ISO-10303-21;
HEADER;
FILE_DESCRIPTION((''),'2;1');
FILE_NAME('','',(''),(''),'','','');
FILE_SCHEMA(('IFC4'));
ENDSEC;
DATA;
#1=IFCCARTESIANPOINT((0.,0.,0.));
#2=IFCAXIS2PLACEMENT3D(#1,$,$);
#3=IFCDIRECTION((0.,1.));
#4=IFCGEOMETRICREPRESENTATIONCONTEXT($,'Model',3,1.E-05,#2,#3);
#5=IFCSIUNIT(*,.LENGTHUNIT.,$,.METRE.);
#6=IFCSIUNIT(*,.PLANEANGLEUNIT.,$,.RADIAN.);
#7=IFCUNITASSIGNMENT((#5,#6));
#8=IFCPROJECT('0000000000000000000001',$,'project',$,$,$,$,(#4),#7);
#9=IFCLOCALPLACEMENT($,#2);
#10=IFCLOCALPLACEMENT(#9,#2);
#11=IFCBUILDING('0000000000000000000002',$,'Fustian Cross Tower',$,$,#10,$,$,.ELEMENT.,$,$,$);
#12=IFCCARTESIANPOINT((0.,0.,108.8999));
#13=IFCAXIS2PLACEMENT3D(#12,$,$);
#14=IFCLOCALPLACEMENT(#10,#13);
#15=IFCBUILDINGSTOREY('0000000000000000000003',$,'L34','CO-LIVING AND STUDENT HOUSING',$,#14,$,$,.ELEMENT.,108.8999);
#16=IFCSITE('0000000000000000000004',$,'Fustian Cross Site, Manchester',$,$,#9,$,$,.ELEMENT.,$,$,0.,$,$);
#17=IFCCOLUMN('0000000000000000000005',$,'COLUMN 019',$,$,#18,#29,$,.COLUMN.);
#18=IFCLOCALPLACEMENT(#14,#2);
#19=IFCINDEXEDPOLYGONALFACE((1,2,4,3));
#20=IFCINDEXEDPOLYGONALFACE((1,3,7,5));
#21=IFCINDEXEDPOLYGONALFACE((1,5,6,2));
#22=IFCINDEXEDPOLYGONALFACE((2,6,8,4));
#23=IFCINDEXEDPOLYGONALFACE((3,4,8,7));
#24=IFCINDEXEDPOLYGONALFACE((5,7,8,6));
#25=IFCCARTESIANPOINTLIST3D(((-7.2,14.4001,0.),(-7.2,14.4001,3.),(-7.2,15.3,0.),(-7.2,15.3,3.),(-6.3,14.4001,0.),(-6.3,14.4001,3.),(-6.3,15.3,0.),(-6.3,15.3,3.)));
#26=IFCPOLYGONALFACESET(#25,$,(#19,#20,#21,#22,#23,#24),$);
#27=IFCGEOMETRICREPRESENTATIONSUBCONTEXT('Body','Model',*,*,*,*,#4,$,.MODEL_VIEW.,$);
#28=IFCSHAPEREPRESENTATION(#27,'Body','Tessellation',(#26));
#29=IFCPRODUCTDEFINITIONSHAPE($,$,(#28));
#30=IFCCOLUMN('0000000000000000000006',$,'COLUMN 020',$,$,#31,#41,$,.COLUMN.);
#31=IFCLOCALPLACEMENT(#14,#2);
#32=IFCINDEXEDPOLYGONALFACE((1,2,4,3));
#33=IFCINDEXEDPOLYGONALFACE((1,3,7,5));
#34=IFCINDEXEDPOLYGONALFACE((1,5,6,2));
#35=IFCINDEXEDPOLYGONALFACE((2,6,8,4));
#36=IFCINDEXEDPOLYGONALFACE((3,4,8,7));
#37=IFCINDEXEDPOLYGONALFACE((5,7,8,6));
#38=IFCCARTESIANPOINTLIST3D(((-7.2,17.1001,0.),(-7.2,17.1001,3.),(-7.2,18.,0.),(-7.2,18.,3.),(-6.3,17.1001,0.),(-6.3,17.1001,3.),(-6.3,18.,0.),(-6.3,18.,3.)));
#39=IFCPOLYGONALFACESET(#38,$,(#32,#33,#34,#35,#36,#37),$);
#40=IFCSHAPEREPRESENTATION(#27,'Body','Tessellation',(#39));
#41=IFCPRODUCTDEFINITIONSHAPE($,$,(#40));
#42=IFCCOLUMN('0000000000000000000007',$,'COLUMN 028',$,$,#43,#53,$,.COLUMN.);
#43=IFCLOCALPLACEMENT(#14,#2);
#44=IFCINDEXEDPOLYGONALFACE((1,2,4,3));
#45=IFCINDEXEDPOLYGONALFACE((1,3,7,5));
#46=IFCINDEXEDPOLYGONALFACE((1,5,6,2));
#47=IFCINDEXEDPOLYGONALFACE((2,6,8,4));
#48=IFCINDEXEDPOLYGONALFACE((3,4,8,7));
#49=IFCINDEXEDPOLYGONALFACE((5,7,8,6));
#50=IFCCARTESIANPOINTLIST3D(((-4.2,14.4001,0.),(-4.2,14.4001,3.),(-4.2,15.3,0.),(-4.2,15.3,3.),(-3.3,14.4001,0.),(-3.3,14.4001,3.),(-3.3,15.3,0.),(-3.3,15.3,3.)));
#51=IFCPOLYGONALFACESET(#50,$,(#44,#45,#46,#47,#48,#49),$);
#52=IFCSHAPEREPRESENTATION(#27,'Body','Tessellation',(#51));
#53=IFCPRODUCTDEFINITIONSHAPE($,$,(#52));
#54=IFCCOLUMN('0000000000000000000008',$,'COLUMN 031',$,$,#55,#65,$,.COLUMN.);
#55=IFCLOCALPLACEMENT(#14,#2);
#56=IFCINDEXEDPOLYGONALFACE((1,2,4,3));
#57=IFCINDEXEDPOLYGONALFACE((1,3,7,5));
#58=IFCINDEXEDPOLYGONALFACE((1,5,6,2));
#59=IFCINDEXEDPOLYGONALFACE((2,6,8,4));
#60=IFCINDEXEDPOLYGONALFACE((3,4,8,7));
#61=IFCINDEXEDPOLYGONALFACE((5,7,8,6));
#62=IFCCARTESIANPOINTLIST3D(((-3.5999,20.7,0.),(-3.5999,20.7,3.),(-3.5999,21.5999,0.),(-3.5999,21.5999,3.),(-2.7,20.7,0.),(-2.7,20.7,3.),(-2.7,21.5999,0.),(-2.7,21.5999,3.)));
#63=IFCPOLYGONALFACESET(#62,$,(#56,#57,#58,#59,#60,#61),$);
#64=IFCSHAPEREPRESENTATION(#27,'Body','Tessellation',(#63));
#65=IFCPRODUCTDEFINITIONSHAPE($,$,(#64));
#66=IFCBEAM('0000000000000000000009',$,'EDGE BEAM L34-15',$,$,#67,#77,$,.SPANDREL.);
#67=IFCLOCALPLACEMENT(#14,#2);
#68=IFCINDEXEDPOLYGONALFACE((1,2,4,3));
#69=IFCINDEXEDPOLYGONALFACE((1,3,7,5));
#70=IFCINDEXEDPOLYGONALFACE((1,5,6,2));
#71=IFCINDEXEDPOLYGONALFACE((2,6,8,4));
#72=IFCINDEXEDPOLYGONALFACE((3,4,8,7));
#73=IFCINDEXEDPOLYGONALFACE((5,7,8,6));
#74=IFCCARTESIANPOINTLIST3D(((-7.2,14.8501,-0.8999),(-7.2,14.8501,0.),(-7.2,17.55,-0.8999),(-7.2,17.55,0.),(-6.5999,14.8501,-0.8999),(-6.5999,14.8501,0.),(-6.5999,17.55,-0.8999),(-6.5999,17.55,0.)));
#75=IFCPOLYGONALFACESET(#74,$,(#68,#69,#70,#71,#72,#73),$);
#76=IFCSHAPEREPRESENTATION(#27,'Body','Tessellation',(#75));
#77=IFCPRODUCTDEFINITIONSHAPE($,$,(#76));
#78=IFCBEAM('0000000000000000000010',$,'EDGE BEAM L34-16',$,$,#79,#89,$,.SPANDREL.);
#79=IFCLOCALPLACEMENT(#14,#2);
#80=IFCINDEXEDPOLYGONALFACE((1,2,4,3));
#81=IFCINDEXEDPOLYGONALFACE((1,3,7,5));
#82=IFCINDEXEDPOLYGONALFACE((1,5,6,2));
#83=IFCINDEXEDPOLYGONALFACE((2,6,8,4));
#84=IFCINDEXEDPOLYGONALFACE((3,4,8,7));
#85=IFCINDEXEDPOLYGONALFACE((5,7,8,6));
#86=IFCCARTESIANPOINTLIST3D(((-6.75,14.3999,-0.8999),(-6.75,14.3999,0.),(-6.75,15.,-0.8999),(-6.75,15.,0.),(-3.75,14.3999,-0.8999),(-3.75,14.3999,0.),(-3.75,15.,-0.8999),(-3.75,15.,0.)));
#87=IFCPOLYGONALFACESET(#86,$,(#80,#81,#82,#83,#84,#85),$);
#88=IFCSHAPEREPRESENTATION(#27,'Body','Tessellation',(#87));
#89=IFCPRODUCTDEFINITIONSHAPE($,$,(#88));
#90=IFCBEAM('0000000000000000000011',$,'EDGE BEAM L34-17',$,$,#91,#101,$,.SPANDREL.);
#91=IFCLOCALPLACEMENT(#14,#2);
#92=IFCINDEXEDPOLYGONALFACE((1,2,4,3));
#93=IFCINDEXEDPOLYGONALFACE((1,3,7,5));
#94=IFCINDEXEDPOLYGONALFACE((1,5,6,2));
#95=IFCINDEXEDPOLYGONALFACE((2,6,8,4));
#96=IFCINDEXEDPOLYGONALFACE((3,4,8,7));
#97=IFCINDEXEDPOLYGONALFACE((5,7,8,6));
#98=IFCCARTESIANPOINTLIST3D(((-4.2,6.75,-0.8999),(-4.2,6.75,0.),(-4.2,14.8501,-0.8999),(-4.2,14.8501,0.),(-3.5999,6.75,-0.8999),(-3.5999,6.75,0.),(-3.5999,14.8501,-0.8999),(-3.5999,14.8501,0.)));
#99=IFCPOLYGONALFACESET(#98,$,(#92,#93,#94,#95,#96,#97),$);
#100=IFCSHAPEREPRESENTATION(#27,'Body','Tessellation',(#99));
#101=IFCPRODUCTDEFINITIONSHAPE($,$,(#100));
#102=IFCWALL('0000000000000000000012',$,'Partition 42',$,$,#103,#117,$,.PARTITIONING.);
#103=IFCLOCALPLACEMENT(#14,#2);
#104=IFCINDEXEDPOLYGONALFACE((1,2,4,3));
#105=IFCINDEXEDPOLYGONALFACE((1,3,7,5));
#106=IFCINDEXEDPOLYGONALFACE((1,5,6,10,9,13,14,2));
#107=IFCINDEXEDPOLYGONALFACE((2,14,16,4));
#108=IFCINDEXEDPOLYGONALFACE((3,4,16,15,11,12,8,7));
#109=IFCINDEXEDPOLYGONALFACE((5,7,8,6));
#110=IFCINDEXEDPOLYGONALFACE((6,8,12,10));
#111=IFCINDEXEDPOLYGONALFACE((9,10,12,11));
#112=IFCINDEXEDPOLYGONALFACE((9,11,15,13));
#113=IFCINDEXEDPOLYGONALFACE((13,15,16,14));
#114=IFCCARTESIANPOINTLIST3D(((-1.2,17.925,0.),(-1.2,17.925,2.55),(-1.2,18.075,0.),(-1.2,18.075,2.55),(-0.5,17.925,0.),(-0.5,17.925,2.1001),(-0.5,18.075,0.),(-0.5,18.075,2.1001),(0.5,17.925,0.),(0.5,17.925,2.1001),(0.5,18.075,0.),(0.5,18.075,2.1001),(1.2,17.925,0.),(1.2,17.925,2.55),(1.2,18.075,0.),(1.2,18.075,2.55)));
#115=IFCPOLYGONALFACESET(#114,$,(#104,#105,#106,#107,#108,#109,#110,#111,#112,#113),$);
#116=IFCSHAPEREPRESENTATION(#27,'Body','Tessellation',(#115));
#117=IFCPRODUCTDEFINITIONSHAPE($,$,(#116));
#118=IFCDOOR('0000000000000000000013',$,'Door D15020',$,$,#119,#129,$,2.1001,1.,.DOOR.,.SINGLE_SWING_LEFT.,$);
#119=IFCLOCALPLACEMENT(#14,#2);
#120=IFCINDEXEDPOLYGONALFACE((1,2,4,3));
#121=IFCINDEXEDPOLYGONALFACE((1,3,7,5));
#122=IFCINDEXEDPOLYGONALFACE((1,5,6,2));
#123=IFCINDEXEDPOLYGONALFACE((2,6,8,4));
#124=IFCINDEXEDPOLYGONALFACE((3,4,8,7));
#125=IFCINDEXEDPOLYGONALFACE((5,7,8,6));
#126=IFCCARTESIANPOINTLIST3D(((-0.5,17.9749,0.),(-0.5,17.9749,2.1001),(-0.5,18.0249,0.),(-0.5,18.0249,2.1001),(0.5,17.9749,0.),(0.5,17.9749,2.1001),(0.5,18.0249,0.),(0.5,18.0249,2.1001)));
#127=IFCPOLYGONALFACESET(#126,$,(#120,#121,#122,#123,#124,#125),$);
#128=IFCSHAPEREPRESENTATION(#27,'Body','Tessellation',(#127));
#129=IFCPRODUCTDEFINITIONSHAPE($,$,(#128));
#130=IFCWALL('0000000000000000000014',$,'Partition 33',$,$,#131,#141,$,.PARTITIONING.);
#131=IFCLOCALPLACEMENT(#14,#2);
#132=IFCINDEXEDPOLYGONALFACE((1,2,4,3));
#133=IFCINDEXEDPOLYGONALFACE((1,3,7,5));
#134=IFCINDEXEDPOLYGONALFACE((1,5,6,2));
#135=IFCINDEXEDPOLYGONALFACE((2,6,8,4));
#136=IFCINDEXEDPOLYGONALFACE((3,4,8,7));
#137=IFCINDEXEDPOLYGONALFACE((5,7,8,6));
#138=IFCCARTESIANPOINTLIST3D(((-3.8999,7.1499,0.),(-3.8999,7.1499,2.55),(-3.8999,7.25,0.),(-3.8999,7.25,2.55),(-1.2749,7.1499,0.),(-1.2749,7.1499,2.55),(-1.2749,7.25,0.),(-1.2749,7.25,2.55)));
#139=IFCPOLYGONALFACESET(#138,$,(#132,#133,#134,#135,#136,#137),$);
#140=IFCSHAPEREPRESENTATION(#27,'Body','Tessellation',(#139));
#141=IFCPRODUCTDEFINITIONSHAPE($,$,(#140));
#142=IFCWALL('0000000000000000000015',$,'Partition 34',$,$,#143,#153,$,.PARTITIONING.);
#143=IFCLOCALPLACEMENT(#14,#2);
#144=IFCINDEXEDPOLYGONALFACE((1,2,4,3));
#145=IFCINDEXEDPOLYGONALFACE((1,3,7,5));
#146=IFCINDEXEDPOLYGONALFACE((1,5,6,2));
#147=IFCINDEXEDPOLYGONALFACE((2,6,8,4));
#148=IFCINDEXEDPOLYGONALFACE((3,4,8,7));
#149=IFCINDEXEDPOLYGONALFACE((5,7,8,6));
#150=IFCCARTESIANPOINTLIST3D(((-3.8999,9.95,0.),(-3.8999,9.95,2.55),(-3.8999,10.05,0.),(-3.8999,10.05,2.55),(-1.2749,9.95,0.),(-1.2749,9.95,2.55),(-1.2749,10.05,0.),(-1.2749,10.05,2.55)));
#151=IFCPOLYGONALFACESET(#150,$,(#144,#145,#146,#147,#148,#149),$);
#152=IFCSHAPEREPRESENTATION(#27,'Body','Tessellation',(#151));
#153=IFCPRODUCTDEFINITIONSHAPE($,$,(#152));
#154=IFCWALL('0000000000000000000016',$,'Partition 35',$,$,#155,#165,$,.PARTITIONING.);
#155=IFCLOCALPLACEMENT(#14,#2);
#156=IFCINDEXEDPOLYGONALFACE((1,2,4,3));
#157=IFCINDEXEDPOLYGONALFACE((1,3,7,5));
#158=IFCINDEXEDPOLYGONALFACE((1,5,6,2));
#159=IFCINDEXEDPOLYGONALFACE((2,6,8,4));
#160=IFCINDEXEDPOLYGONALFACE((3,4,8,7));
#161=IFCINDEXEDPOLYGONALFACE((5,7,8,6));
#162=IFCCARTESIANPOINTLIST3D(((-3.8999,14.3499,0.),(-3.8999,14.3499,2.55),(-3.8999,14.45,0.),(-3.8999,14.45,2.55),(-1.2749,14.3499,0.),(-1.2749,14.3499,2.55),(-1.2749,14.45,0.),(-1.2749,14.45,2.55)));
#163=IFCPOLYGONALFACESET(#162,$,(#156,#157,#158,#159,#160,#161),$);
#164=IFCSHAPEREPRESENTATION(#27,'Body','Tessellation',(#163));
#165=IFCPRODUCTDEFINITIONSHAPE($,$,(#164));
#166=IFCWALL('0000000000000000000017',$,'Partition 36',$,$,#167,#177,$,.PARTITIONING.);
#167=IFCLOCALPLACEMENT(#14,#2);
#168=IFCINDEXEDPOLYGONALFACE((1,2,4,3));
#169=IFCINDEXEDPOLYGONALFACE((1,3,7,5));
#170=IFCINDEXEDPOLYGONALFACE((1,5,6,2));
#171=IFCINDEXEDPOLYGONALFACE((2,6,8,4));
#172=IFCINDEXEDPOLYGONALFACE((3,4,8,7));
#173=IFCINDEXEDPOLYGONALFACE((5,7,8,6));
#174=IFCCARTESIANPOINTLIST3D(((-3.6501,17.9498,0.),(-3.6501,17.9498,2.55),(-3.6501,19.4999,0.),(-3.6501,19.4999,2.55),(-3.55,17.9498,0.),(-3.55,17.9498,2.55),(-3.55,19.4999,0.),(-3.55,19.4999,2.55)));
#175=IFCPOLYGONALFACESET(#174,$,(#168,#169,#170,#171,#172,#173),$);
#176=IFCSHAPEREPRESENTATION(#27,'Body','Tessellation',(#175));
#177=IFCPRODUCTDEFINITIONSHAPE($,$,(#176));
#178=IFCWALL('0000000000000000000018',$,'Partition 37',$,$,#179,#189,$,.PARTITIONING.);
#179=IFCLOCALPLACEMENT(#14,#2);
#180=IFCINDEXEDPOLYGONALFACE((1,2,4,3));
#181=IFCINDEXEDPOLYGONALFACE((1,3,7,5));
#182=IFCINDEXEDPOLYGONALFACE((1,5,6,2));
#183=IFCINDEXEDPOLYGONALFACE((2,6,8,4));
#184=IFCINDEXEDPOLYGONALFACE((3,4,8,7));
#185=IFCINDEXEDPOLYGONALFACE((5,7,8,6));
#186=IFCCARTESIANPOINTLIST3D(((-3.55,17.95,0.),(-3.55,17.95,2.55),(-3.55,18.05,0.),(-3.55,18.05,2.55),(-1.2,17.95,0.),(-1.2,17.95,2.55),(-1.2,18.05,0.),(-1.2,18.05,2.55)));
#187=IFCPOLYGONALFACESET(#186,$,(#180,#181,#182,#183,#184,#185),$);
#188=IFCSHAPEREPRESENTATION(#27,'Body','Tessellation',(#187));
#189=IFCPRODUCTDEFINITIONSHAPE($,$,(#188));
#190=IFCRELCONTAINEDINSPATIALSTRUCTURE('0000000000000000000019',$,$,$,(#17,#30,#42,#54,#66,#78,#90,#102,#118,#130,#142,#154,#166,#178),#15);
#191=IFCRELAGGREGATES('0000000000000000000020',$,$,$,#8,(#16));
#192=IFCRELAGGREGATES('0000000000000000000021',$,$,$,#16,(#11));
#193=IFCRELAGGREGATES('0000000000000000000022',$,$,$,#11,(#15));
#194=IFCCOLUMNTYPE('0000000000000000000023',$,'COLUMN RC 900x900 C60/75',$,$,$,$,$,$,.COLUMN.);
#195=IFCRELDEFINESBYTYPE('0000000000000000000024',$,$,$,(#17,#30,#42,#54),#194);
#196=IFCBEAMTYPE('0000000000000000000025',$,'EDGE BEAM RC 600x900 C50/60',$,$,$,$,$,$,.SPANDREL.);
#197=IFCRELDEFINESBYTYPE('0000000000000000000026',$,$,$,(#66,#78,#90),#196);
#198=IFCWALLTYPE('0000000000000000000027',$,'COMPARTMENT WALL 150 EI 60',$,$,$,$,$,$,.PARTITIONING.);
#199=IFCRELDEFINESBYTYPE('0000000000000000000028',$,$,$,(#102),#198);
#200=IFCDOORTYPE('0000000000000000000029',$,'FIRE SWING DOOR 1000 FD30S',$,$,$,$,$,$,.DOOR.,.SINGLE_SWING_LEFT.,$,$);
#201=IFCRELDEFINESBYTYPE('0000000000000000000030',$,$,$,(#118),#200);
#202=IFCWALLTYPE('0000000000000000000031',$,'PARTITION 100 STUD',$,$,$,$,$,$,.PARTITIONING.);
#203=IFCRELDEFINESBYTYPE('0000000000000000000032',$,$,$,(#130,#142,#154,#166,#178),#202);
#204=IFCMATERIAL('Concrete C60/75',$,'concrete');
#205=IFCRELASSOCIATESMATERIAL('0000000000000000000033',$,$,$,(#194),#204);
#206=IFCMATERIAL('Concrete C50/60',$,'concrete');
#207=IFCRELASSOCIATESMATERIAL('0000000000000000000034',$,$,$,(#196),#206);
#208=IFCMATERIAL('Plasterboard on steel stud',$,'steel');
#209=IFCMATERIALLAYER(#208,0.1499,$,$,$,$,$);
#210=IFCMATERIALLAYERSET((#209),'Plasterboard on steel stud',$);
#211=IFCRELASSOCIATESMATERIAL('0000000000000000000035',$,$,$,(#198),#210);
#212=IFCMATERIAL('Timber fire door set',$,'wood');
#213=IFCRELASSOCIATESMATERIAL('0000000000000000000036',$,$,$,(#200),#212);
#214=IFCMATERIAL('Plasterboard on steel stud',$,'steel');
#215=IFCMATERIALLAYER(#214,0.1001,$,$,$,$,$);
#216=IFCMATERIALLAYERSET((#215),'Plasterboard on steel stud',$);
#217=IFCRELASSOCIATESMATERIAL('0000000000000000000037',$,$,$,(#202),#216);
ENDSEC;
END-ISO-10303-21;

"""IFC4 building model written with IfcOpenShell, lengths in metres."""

from ifc_helpers import new_model, si_unit, direction, frame, frame_2d, origin, origin_2d, place, context, subcontext, project, spatial, rectangle, extrude, material, layer, layer_set, material_profile, profile_set, type_object, element, fill, save


model = new_model("IFC4")

# Units and contexts
model_context = context("Model", 3, precision=1e-05, world=origin(), true_north=direction((0.0, 1.0)))
body_context = subcontext(model_context, "Body", "Model", "MODEL_VIEW")
ifc_project = project(units=[si_unit("LENGTHUNIT", "METRE"), si_unit("PLANEANGLEUNIT", "RADIAN")], contexts=[model_context])

# Site, building, storey
site_placement = place(None, origin())
site = spatial("IfcSite", under=ifc_project, at=site_placement, Name="Fustian Cross Site, Manchester", CompositionType="ELEMENT", RefElevation=0.0)
building_placement = place(site_placement, origin())
building = spatial("IfcBuilding", under=site, at=building_placement, Name="Fustian Cross Tower", CompositionType="ELEMENT")
storey_placement = place(building_placement, frame((0.0, 0.0, 108.8999)))
storey = spatial("IfcBuildingStorey", under=building, at=storey_placement, Name="L34", Description="CO-LIVING AND STUDENT HOUSING", CompositionType="ELEMENT", Elevation=108.8999)

# Columns
ifc_material_1 = material(Name="Concrete C60/75", Category="concrete")
ifc_material_profile_1 = material_profile(ifc_material_1, rectangle(XDim=0.8999, YDim=0.8999, at=origin_2d()), Name="RC 900x900")
ifc_profile_set_1 = profile_set([ifc_material_profile_1], Name="Concrete C60/75")
column_type = type_object("IfcColumnType", Name="COLUMN RC 900x900 C60/75", PredefinedType="COLUMN", material=ifc_profile_set_1)
for number, where, z_axis, x_axis, name in (
    (1, (-6.75, 14.8501, 0.0), (0.0, 0.0, 1.0), (1.0, 0.0, 0.0), "COLUMN 019"),
    (2, (-6.75, 17.55, 0.0), (0.0, 0.0, 1.0), (1.0, 0.0, 0.0), "COLUMN 020"),
    (3, (-3.75, 14.8501, 0.0), (0.0, 0.0, 1.0), (1.0, 0.0, 0.0), "COLUMN 028"),
    (4, (-3.1499, 21.1499, 0.0), (0.0, 0.0, 1.0), (1.0, 0.0, 0.0), "COLUMN 031"),
):
    element("IfcColumn", number, at=place(storey_placement, frame(where, z_axis=z_axis, x_axis=x_axis)), inside=storey, type_object=column_type, Name=name, PredefinedType="COLUMN", context=body_context, shape_type="SweptSolid", body=[
        extrude(rectangle(XDim=0.8999, YDim=0.8999, at=origin_2d()), origin(), (0.0, 0.0, 1.0), 3.0),
    ])

# Beams
ifc_material_2 = material(Name="Concrete C50/60", Category="concrete")
ifc_material_profile_2 = material_profile(ifc_material_2, rectangle(XDim=0.6001, YDim=0.8999, at=origin_2d()), Name="RC 600x900")
ifc_profile_set_2 = profile_set([ifc_material_profile_2], Name="Concrete C50/60")
beam_type = type_object("IfcBeamType", Name="EDGE BEAM RC 600x900 C50/60", PredefinedType="SPANDREL", material=ifc_profile_set_2)
beam_1_placement = place(storey_placement, frame((-6.8999, 17.55, -0.45), z_axis=(0.0, -1.0, 0.0), x_axis=(1.0, 0.0, 0.0)))
element("IfcBeam", 5, at=beam_1_placement, inside=storey, type_object=beam_type, Name="EDGE BEAM L34-15", PredefinedType="SPANDREL", context=body_context, shape_type="SweptSolid", body=[
    extrude(rectangle(XDim=0.6001, YDim=0.8999, at=origin_2d()), origin(), (0.0, 0.0, 1.0), 2.7),
])
beam_2_placement = place(storey_placement, frame((-6.75, 14.7, -0.45), z_axis=(1.0, 0.0, 0.0), x_axis=(0.0, 1.0, 0.0)))
element("IfcBeam", 6, at=beam_2_placement, inside=storey, type_object=beam_type, Name="EDGE BEAM L34-16", PredefinedType="SPANDREL", context=body_context, shape_type="SweptSolid", body=[
    extrude(rectangle(XDim=0.6001, YDim=0.8999, at=origin_2d()), origin(), (0.0, 0.0, 1.0), 3.0),
])
beam_3_placement = place(storey_placement, frame((-3.8999, 14.8501, -0.45), z_axis=(0.0, -1.0, 0.0), x_axis=(1.0, 0.0, 0.0)))
element("IfcBeam", 7, at=beam_3_placement, inside=storey, type_object=beam_type, Name="EDGE BEAM L34-17", PredefinedType="SPANDREL", context=body_context, shape_type="SweptSolid", body=[
    extrude(rectangle(XDim=0.6001, YDim=0.8999, at=origin_2d()), origin(), (0.0, 0.0, 1.0), 8.1001),
])

# Wall, opening, door
ifc_material_3 = material(Name="Plasterboard on steel stud", Category="steel")
ifc_layer_1 = layer(ifc_material_3, 0.1499)
ifc_layer_set_1 = layer_set([ifc_layer_1], Name="Plasterboard on steel stud")
wall_type_1 = type_object("IfcWallType", Name="COMPARTMENT WALL 150 EI 60", PredefinedType="PARTITIONING", material=ifc_layer_set_1)
wall_1_placement = place(storey_placement, frame((-1.2, 18.0, 0.0), z_axis=(0.0, 0.0, 1.0), x_axis=(1.0, 0.0, 0.0)))
wall_1 = element("IfcWall", 8, at=wall_1_placement, inside=storey, type_object=wall_type_1, Name="Partition 42", PredefinedType="PARTITIONING", context=body_context, shape_type="SweptSolid", body=[
    extrude(rectangle(XDim=2.3999, YDim=0.1499, at=frame_2d((1.2, 0.0))), origin(), (0.0, 0.0, 1.0), 2.55),
])
opening_1_placement = place(wall_1_placement, frame((0.7, 0.0, 0.0)))
opening_1 = element("IfcOpeningElement", 9, at=opening_1_placement, cuts=wall_1, PredefinedType="OPENING", context=body_context, shape_type="SweptSolid", body=[
    extrude(rectangle(XDim=1.0, YDim=2.1001, at=frame_2d((0.5, 1.05))), frame((0.0, 0.085, 0.0), z_axis=(0.0, -1.0, 0.0), x_axis=(1.0, 0.0, 0.0)), (0.0, 0.0, 1.0), 0.1699),
])
ifc_material_4 = material(Name="Timber fire door set", Category="wood")
door_type_1 = type_object("IfcDoorType", Name="FIRE SWING DOOR 1000 FD30S", OperationType="SINGLE_SWING_LEFT", PredefinedType="DOOR", material=ifc_material_4)
door_1_placement = place(opening_1_placement, origin())
door_1 = element("IfcDoor", 10, at=door_1_placement, inside=storey, type_object=door_type_1, Name="Door D15020", OperationType="SINGLE_SWING_LEFT", OverallHeight=2.1001, OverallWidth=1.0, PredefinedType="DOOR", context=body_context, shape_type="SweptSolid", body=[
    extrude(rectangle(XDim=1.0, YDim=2.1001, at=frame_2d((0.5, 1.05))), frame((0.0, 0.0249, 0.0), z_axis=(0.0, -1.0, 0.0), x_axis=(1.0, 0.0, 0.0)), (0.0, 0.0, 1.0), 0.05),
])
fill(opening_1, door_1)

# Walls
ifc_material_5 = material(Name="Plasterboard on steel stud", Category="steel")
ifc_layer_2 = layer(ifc_material_5, 0.1001)
ifc_layer_set_2 = layer_set([ifc_layer_2], Name="Plasterboard on steel stud")
wall_type_2 = type_object("IfcWallType", Name="PARTITION 100 STUD", PredefinedType="PARTITIONING", material=ifc_layer_set_2)
for number, where, z_axis, x_axis, name in (
    (11, (-3.8999, 7.2, 0.0), (0.0, 0.0, 1.0), (1.0, 0.0, 0.0), "Partition 33"),
    (12, (-3.8999, 10.0, 0.0), (0.0, 0.0, 1.0), (1.0, 0.0, 0.0), "Partition 34"),
    (13, (-3.8999, 14.3999, 0.0), (0.0, 0.0, 1.0), (1.0, 0.0, 0.0), "Partition 35"),
):
    element("IfcWall", number, at=place(storey_placement, frame(where, z_axis=z_axis, x_axis=x_axis)), inside=storey, type_object=wall_type_2, Name=name, PredefinedType="PARTITIONING", context=body_context, shape_type="SweptSolid", body=[
        extrude(rectangle(XDim=2.625, YDim=0.1001, at=frame_2d((1.3125, 0.0))), origin(), (0.0, 0.0, 1.0), 2.55),
    ])
wall_2_placement = place(storey_placement, frame((-3.6001, 17.95, 0.0), z_axis=(0.0, 0.0, 1.0), x_axis=(0.0, 1.0, 0.0)))
element("IfcWall", 14, at=wall_2_placement, inside=storey, type_object=wall_type_2, Name="Partition 36", PredefinedType="PARTITIONING", context=body_context, shape_type="SweptSolid", body=[
    extrude(rectangle(XDim=1.55, YDim=0.1001, at=frame_2d((0.7749, 0.0))), origin(), (0.0, 0.0, 1.0), 2.55),
])
wall_3_placement = place(storey_placement, frame((-3.55, 18.0, 0.0), z_axis=(0.0, 0.0, 1.0), x_axis=(1.0, 0.0, 0.0)))
element("IfcWall", 15, at=wall_3_placement, inside=storey, type_object=wall_type_2, Name="Partition 37", PredefinedType="PARTITIONING", context=body_context, shape_type="SweptSolid", body=[
    extrude(rectangle(XDim=2.3501, YDim=0.1001, at=frame_2d((1.175, 0.0))), origin(), (0.0, 0.0, 1.0), 2.55),
])

save(model, "model.ifc")
